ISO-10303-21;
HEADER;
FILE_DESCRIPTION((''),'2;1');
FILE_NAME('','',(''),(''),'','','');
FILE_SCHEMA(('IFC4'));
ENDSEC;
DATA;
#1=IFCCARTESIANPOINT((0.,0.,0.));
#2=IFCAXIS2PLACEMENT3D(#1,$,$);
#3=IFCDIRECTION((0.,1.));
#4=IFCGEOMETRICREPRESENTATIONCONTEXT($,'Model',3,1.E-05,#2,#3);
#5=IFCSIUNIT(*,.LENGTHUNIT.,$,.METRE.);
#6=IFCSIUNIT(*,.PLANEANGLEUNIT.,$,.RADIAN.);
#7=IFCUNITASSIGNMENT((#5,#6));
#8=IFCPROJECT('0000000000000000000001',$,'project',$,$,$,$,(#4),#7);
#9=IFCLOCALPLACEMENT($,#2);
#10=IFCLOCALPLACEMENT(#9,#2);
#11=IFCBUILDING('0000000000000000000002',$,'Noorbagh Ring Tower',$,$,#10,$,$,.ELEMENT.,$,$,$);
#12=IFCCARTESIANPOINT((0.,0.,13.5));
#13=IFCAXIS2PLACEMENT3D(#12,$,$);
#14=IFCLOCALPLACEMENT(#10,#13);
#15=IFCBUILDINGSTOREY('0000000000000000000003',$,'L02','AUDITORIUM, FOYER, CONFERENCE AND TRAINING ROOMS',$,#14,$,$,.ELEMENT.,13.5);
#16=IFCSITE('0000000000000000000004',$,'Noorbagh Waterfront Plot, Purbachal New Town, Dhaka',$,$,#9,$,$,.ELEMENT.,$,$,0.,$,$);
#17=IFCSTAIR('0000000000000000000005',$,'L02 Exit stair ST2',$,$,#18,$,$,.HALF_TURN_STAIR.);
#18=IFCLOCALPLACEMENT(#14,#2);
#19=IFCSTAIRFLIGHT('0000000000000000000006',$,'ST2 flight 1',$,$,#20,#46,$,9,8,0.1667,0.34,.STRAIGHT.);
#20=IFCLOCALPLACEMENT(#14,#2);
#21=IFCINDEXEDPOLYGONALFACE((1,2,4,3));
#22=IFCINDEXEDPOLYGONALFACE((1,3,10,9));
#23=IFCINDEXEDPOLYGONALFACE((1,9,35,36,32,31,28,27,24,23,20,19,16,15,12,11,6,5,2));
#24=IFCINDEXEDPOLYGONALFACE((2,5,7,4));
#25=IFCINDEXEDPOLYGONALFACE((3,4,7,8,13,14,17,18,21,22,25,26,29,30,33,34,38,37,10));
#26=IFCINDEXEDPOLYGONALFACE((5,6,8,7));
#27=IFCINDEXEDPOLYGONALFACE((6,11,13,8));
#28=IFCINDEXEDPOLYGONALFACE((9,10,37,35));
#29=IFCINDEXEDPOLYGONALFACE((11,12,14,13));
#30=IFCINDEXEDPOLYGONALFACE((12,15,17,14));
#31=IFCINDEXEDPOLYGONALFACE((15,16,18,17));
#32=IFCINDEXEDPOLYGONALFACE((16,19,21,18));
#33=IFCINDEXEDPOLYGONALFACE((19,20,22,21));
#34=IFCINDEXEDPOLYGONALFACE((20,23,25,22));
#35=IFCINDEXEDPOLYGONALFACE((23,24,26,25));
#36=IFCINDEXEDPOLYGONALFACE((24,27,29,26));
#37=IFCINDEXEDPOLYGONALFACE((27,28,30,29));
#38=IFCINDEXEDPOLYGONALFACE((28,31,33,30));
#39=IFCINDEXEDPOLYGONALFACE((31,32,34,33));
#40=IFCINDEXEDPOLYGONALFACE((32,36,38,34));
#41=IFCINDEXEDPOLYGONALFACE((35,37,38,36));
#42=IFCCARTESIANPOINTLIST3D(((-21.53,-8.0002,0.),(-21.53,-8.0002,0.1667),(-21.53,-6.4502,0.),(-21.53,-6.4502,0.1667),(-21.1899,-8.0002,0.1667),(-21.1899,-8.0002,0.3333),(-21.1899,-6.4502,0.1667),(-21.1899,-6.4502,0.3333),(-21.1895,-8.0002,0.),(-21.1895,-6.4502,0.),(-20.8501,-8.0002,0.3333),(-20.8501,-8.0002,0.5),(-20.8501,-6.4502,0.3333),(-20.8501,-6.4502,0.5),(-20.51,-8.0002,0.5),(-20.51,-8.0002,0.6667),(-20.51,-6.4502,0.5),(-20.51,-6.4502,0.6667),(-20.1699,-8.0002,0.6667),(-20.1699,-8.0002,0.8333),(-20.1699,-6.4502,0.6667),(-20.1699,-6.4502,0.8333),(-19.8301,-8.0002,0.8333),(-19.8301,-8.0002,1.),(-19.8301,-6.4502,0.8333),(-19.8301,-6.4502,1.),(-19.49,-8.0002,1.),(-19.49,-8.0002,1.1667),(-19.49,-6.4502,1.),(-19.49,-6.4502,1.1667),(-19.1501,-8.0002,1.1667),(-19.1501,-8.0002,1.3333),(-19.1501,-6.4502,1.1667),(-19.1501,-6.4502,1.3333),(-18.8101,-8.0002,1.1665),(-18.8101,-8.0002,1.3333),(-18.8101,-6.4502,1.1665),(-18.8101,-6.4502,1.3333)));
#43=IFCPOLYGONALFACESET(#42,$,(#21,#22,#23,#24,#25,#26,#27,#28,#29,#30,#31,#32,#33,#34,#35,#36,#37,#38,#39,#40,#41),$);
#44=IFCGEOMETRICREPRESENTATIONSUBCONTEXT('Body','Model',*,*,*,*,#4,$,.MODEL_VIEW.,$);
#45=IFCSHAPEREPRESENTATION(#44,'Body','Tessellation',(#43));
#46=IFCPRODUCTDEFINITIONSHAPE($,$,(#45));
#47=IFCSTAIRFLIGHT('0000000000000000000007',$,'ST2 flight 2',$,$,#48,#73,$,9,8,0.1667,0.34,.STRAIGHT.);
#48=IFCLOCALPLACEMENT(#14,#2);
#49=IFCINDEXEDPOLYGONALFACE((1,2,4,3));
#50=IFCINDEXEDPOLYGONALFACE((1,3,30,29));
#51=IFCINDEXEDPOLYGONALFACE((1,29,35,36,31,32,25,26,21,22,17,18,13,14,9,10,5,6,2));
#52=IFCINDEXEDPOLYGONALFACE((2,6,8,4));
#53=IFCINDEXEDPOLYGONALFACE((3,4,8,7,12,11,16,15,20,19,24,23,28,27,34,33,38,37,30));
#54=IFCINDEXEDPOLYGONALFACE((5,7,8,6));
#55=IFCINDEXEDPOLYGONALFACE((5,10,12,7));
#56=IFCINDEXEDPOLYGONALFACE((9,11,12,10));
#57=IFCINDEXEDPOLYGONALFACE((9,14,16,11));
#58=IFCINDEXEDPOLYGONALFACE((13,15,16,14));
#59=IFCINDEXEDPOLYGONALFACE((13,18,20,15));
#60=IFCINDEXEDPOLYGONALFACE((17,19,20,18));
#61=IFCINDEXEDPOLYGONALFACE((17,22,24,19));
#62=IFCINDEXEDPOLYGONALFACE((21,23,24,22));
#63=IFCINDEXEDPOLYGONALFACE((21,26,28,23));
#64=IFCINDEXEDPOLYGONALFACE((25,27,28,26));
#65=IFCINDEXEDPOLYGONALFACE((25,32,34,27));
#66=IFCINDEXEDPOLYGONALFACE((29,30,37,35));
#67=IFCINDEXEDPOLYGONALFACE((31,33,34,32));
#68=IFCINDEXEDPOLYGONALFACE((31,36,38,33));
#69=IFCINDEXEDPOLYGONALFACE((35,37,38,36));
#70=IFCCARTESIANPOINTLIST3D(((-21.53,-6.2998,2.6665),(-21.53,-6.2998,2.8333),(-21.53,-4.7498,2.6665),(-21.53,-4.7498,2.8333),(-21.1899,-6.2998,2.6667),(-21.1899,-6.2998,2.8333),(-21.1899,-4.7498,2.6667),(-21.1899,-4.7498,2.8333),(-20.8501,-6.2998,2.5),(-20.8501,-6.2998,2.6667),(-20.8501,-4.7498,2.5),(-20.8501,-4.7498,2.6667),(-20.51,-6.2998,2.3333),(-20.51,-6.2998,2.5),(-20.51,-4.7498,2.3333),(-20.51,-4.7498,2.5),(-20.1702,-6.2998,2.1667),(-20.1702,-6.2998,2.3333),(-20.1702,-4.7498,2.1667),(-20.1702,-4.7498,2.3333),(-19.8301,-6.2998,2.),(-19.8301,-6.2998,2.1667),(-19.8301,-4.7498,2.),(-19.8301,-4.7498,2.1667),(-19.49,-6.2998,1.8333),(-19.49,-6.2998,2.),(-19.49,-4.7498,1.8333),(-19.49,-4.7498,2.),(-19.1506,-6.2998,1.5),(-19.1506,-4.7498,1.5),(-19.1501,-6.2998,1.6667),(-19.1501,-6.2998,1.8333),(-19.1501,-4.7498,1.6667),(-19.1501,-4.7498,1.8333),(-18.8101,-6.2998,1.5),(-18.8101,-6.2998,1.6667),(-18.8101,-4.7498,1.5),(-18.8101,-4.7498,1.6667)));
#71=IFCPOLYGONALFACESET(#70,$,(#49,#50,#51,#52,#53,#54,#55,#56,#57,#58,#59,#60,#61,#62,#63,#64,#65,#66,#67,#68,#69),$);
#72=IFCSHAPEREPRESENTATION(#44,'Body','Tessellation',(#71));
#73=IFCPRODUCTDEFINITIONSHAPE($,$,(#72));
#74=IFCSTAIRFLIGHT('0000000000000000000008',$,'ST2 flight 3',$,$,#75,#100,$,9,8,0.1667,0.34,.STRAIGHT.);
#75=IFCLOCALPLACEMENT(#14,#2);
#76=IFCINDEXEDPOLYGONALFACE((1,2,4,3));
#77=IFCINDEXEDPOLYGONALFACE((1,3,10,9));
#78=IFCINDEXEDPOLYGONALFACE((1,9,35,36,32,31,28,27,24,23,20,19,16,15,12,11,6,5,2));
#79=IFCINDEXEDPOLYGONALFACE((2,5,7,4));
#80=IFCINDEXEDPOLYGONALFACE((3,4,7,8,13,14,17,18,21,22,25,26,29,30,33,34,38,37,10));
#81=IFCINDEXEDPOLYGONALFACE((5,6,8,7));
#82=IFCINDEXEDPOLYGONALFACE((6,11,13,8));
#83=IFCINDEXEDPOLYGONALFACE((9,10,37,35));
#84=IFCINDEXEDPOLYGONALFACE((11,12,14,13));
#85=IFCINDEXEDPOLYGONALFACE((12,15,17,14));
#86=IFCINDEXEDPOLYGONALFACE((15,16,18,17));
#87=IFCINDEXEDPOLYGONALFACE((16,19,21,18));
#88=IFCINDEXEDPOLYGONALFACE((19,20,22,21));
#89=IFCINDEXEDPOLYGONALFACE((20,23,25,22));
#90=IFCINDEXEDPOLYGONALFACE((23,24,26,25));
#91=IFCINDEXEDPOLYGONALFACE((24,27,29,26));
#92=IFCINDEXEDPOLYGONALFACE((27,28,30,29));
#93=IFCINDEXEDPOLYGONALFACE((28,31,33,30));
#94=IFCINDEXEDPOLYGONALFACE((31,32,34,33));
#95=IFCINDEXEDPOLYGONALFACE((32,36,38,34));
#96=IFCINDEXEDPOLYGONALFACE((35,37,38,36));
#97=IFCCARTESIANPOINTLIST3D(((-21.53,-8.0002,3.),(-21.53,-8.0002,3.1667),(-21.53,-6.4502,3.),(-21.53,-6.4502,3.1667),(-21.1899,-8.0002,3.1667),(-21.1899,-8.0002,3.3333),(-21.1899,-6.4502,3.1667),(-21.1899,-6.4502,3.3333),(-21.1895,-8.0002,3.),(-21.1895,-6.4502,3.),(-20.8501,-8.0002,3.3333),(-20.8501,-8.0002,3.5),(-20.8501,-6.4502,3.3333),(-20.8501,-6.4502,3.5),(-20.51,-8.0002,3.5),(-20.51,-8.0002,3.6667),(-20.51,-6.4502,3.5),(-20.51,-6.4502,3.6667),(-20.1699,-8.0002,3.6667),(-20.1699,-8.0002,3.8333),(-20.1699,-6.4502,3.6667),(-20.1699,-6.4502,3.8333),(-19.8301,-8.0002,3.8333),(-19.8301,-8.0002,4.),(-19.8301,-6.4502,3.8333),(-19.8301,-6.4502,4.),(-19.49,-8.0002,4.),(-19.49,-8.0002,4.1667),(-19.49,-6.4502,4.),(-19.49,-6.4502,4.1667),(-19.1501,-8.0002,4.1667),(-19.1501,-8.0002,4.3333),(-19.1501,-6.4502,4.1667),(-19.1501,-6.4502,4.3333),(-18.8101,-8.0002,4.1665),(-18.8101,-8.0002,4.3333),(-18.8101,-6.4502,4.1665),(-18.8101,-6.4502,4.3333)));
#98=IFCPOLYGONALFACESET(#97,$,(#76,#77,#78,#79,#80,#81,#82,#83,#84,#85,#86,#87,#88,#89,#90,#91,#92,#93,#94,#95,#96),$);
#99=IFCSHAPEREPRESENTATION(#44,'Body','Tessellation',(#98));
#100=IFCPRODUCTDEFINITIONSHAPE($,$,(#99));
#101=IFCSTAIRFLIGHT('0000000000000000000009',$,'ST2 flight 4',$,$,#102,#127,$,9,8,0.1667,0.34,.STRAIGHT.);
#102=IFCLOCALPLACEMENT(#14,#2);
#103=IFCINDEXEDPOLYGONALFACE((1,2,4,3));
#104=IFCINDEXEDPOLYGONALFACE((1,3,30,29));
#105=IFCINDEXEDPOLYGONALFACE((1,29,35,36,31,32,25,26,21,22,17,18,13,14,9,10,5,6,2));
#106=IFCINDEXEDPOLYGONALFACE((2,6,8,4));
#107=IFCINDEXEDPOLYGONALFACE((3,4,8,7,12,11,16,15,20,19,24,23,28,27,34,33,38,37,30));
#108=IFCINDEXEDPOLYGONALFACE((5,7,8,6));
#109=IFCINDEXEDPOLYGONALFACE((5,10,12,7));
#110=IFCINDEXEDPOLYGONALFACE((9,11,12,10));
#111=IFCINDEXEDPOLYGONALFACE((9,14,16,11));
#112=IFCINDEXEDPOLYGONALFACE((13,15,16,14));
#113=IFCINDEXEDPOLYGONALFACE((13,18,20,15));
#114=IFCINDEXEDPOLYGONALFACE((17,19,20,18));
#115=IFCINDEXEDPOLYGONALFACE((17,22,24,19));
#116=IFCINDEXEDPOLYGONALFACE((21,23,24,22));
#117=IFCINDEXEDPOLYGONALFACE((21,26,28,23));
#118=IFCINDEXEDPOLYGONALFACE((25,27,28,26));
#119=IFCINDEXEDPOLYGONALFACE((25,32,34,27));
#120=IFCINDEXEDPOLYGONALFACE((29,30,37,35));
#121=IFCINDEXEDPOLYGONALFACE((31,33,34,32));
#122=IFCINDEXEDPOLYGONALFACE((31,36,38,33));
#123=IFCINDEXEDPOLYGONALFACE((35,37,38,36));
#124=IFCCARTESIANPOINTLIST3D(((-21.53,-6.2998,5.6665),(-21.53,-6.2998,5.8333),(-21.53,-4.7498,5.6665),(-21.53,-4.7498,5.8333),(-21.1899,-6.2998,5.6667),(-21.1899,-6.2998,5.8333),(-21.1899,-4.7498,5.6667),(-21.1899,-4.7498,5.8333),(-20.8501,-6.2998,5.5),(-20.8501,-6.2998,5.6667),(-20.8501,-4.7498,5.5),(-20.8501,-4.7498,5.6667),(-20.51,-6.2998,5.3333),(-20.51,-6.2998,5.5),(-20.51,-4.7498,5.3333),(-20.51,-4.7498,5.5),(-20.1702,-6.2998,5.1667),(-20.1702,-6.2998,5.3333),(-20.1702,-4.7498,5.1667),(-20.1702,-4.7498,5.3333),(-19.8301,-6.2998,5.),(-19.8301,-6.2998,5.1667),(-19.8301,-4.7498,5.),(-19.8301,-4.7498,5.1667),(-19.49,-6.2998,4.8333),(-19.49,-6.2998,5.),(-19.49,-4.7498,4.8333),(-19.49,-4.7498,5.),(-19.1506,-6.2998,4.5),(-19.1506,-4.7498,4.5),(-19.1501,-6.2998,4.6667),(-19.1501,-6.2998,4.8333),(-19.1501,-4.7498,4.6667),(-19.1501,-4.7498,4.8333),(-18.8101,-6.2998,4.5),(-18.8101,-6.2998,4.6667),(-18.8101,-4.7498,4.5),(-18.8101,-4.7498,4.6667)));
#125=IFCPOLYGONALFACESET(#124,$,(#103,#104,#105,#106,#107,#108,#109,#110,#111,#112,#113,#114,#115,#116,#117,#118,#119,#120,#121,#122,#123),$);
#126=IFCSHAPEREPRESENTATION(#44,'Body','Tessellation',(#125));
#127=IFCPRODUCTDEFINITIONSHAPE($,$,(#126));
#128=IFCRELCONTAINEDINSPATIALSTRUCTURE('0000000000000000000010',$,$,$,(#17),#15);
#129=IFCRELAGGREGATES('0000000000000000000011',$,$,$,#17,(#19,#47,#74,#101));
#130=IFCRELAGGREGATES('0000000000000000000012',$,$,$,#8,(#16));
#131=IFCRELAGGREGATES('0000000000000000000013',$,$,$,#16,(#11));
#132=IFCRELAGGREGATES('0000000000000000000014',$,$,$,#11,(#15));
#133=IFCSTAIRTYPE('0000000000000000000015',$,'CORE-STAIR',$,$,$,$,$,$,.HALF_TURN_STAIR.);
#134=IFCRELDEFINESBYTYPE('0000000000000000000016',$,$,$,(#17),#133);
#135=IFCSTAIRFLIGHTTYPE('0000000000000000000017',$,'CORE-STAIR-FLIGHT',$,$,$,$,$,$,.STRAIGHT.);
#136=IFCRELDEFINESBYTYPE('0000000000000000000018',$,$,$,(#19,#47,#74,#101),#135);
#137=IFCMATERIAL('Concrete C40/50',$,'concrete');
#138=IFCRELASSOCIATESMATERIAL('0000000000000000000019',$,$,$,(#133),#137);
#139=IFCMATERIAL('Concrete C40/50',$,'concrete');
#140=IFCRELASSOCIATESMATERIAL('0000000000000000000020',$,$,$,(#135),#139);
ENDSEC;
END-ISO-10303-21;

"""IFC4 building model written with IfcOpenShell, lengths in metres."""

from ifc_helpers import new_model, si_unit, direction, frame, origin, place, context, subcontext, project, spatial, polyline, outline, extrude, material, type_object, element, aggregate, save


model = new_model("IFC4")

# Units and contexts
model_context = context("Model", 3, precision=1e-05, world=origin(), true_north=direction((0.0, 1.0)))
body_context = subcontext(model_context, "Body", "Model", "MODEL_VIEW")
ifc_project = project(units=[si_unit("LENGTHUNIT", "METRE"), si_unit("PLANEANGLEUNIT", "RADIAN")], contexts=[model_context])

# Site, building, storey
site_placement = place(None, origin())
site = spatial("IfcSite", under=ifc_project, at=site_placement, Name="Noorbagh Waterfront Plot, Purbachal New Town, Dhaka", CompositionType="ELEMENT", RefElevation=0.0)
building_placement = place(site_placement, origin())
building = spatial("IfcBuilding", under=site, at=building_placement, Name="Noorbagh Ring Tower", CompositionType="ELEMENT")
storey_placement = place(building_placement, frame((0.0, 0.0, 13.5)))
storey = spatial("IfcBuildingStorey", under=building, at=storey_placement, Name="L02", Description="AUDITORIUM, FOYER, CONFERENCE AND TRAINING ROOMS", CompositionType="ELEMENT", Elevation=13.5)

# Stair
ifc_material_1 = material(Name="Concrete C40/50", Category="concrete")
stair_type = type_object("IfcStairType", Name="CORE-STAIR", PredefinedType="HALF_TURN_STAIR", material=ifc_material_1)
stair_1_placement = place(storey_placement, origin())
stair_1 = element("IfcStair", 1, at=stair_1_placement, inside=storey, type_object=stair_type, Name="L02 Exit stair ST2", PredefinedType="HALF_TURN_STAIR")

# Stair flights
ifc_material_2 = material(Name="Concrete C40/50", Category="concrete")
stair_flight_type = type_object("IfcStairFlightType", Name="CORE-STAIR-FLIGHT", PredefinedType="STRAIGHT", material=ifc_material_2)
stair_flight_1_placement = place(storey_placement, frame((-21.53, -7.2251, 0.0), z_axis=(0.0, 0.0, 1.0), x_axis=(1.0, 0.0, 0.0)))
stair_flight_1 = element("IfcStairFlight", 2, at=stair_flight_1_placement, type_object=stair_flight_type, Name="ST2 flight 1", NumberOfRisers=9, NumberOfTreads=8, PredefinedType="STRAIGHT", RiserHeight=0.1667, TreadLength=0.34, context=body_context, shape_type="SweptSolid", body=[
    extrude(outline(polyline([(0.0, 0.0), (0.0, 0.1667), (0.3401, 0.1667), (0.3401, 0.3333), (0.6799, 0.3333), (0.6799, 0.5), (1.02, 0.5), (1.02, 0.6667), (1.3601, 0.6667), (1.3601, 0.8333), (1.7, 0.8333), (1.7, 1.0), (2.04, 1.0), (2.04, 1.1667), (2.3799, 1.1667), (2.3799, 1.3333), (2.72, 1.3333), (2.72, 1.5), (2.72, 1.1665), (0.3406, 0.0), (0.0, 0.0)])), frame((0.0, 0.7749, 0.0), z_axis=(0.0, -1.0, 0.0), x_axis=(1.0, 0.0, 0.0)), (0.0, 0.0, 1.0), 1.55),
])
stair_flight_2_placement = place(storey_placement, frame((-18.8101, -5.5249, 1.5), z_axis=(0.0, 0.0, 1.0), x_axis=(-1.0, 0.0, 0.0)))
stair_flight_2 = element("IfcStairFlight", 3, at=stair_flight_2_placement, type_object=stair_flight_type, Name="ST2 flight 2", NumberOfRisers=9, NumberOfTreads=8, PredefinedType="STRAIGHT", RiserHeight=0.1667, TreadLength=0.34, context=body_context, shape_type="SweptSolid", body=[
    extrude(outline(polyline([(0.0, 0.0), (0.0, 0.1667), (0.3401, 0.1667), (0.3401, 0.3333), (0.6799, 0.3333), (0.6799, 0.5), (1.02, 0.5), (1.02, 0.6667), (1.3601, 0.6667), (1.3601, 0.8333), (1.7, 0.8333), (1.7, 1.0), (2.04, 1.0), (2.04, 1.1667), (2.3799, 1.1667), (2.3799, 1.3333), (2.72, 1.3333), (2.72, 1.5), (2.72, 1.1665), (0.3406, 0.0), (0.0, 0.0)])), frame((0.0, 0.7749, 0.0), z_axis=(0.0, -1.0, 0.0), x_axis=(1.0, 0.0, 0.0)), (0.0, 0.0, 1.0), 1.55),
])
stair_flight_3_placement = place(storey_placement, frame((-21.53, -7.2251, 3.0), z_axis=(0.0, 0.0, 1.0), x_axis=(1.0, 0.0, 0.0)))
stair_flight_3 = element("IfcStairFlight", 4, at=stair_flight_3_placement, type_object=stair_flight_type, Name="ST2 flight 3", NumberOfRisers=9, NumberOfTreads=8, PredefinedType="STRAIGHT", RiserHeight=0.1667, TreadLength=0.34, context=body_context, shape_type="SweptSolid", body=[
    extrude(outline(polyline([(0.0, 0.0), (0.0, 0.1667), (0.3401, 0.1667), (0.3401, 0.3333), (0.6799, 0.3333), (0.6799, 0.5), (1.02, 0.5), (1.02, 0.6667), (1.3601, 0.6667), (1.3601, 0.8333), (1.7, 0.8333), (1.7, 1.0), (2.04, 1.0), (2.04, 1.1667), (2.3799, 1.1667), (2.3799, 1.3333), (2.72, 1.3333), (2.72, 1.5), (2.72, 1.1665), (0.3406, 0.0), (0.0, 0.0)])), frame((0.0, 0.7749, 0.0), z_axis=(0.0, -1.0, 0.0), x_axis=(1.0, 0.0, 0.0)), (0.0, 0.0, 1.0), 1.55),
])
stair_flight_4_placement = place(storey_placement, frame((-18.8101, -5.5249, 4.5), z_axis=(0.0, 0.0, 1.0), x_axis=(-1.0, 0.0, 0.0)))
stair_flight_4 = element("IfcStairFlight", 5, at=stair_flight_4_placement, type_object=stair_flight_type, Name="ST2 flight 4", NumberOfRisers=9, NumberOfTreads=8, PredefinedType="STRAIGHT", RiserHeight=0.1667, TreadLength=0.34, context=body_context, shape_type="SweptSolid", body=[
    extrude(outline(polyline([(0.0, 0.0), (0.0, 0.1667), (0.3401, 0.1667), (0.3401, 0.3333), (0.6799, 0.3333), (0.6799, 0.5), (1.02, 0.5), (1.02, 0.6667), (1.3601, 0.6667), (1.3601, 0.8333), (1.7, 0.8333), (1.7, 1.0), (2.04, 1.0), (2.04, 1.1667), (2.3799, 1.1667), (2.3799, 1.3333), (2.72, 1.3333), (2.72, 1.5), (2.72, 1.1665), (0.3406, 0.0), (0.0, 0.0)])), frame((0.0, 0.7749, 0.0), z_axis=(0.0, -1.0, 0.0), x_axis=(1.0, 0.0, 0.0)), (0.0, 0.0, 1.0), 1.55),
])
aggregate(stair_1, [stair_flight_1, stair_flight_2, stair_flight_3, stair_flight_4])

save(model, "model.ifc")
